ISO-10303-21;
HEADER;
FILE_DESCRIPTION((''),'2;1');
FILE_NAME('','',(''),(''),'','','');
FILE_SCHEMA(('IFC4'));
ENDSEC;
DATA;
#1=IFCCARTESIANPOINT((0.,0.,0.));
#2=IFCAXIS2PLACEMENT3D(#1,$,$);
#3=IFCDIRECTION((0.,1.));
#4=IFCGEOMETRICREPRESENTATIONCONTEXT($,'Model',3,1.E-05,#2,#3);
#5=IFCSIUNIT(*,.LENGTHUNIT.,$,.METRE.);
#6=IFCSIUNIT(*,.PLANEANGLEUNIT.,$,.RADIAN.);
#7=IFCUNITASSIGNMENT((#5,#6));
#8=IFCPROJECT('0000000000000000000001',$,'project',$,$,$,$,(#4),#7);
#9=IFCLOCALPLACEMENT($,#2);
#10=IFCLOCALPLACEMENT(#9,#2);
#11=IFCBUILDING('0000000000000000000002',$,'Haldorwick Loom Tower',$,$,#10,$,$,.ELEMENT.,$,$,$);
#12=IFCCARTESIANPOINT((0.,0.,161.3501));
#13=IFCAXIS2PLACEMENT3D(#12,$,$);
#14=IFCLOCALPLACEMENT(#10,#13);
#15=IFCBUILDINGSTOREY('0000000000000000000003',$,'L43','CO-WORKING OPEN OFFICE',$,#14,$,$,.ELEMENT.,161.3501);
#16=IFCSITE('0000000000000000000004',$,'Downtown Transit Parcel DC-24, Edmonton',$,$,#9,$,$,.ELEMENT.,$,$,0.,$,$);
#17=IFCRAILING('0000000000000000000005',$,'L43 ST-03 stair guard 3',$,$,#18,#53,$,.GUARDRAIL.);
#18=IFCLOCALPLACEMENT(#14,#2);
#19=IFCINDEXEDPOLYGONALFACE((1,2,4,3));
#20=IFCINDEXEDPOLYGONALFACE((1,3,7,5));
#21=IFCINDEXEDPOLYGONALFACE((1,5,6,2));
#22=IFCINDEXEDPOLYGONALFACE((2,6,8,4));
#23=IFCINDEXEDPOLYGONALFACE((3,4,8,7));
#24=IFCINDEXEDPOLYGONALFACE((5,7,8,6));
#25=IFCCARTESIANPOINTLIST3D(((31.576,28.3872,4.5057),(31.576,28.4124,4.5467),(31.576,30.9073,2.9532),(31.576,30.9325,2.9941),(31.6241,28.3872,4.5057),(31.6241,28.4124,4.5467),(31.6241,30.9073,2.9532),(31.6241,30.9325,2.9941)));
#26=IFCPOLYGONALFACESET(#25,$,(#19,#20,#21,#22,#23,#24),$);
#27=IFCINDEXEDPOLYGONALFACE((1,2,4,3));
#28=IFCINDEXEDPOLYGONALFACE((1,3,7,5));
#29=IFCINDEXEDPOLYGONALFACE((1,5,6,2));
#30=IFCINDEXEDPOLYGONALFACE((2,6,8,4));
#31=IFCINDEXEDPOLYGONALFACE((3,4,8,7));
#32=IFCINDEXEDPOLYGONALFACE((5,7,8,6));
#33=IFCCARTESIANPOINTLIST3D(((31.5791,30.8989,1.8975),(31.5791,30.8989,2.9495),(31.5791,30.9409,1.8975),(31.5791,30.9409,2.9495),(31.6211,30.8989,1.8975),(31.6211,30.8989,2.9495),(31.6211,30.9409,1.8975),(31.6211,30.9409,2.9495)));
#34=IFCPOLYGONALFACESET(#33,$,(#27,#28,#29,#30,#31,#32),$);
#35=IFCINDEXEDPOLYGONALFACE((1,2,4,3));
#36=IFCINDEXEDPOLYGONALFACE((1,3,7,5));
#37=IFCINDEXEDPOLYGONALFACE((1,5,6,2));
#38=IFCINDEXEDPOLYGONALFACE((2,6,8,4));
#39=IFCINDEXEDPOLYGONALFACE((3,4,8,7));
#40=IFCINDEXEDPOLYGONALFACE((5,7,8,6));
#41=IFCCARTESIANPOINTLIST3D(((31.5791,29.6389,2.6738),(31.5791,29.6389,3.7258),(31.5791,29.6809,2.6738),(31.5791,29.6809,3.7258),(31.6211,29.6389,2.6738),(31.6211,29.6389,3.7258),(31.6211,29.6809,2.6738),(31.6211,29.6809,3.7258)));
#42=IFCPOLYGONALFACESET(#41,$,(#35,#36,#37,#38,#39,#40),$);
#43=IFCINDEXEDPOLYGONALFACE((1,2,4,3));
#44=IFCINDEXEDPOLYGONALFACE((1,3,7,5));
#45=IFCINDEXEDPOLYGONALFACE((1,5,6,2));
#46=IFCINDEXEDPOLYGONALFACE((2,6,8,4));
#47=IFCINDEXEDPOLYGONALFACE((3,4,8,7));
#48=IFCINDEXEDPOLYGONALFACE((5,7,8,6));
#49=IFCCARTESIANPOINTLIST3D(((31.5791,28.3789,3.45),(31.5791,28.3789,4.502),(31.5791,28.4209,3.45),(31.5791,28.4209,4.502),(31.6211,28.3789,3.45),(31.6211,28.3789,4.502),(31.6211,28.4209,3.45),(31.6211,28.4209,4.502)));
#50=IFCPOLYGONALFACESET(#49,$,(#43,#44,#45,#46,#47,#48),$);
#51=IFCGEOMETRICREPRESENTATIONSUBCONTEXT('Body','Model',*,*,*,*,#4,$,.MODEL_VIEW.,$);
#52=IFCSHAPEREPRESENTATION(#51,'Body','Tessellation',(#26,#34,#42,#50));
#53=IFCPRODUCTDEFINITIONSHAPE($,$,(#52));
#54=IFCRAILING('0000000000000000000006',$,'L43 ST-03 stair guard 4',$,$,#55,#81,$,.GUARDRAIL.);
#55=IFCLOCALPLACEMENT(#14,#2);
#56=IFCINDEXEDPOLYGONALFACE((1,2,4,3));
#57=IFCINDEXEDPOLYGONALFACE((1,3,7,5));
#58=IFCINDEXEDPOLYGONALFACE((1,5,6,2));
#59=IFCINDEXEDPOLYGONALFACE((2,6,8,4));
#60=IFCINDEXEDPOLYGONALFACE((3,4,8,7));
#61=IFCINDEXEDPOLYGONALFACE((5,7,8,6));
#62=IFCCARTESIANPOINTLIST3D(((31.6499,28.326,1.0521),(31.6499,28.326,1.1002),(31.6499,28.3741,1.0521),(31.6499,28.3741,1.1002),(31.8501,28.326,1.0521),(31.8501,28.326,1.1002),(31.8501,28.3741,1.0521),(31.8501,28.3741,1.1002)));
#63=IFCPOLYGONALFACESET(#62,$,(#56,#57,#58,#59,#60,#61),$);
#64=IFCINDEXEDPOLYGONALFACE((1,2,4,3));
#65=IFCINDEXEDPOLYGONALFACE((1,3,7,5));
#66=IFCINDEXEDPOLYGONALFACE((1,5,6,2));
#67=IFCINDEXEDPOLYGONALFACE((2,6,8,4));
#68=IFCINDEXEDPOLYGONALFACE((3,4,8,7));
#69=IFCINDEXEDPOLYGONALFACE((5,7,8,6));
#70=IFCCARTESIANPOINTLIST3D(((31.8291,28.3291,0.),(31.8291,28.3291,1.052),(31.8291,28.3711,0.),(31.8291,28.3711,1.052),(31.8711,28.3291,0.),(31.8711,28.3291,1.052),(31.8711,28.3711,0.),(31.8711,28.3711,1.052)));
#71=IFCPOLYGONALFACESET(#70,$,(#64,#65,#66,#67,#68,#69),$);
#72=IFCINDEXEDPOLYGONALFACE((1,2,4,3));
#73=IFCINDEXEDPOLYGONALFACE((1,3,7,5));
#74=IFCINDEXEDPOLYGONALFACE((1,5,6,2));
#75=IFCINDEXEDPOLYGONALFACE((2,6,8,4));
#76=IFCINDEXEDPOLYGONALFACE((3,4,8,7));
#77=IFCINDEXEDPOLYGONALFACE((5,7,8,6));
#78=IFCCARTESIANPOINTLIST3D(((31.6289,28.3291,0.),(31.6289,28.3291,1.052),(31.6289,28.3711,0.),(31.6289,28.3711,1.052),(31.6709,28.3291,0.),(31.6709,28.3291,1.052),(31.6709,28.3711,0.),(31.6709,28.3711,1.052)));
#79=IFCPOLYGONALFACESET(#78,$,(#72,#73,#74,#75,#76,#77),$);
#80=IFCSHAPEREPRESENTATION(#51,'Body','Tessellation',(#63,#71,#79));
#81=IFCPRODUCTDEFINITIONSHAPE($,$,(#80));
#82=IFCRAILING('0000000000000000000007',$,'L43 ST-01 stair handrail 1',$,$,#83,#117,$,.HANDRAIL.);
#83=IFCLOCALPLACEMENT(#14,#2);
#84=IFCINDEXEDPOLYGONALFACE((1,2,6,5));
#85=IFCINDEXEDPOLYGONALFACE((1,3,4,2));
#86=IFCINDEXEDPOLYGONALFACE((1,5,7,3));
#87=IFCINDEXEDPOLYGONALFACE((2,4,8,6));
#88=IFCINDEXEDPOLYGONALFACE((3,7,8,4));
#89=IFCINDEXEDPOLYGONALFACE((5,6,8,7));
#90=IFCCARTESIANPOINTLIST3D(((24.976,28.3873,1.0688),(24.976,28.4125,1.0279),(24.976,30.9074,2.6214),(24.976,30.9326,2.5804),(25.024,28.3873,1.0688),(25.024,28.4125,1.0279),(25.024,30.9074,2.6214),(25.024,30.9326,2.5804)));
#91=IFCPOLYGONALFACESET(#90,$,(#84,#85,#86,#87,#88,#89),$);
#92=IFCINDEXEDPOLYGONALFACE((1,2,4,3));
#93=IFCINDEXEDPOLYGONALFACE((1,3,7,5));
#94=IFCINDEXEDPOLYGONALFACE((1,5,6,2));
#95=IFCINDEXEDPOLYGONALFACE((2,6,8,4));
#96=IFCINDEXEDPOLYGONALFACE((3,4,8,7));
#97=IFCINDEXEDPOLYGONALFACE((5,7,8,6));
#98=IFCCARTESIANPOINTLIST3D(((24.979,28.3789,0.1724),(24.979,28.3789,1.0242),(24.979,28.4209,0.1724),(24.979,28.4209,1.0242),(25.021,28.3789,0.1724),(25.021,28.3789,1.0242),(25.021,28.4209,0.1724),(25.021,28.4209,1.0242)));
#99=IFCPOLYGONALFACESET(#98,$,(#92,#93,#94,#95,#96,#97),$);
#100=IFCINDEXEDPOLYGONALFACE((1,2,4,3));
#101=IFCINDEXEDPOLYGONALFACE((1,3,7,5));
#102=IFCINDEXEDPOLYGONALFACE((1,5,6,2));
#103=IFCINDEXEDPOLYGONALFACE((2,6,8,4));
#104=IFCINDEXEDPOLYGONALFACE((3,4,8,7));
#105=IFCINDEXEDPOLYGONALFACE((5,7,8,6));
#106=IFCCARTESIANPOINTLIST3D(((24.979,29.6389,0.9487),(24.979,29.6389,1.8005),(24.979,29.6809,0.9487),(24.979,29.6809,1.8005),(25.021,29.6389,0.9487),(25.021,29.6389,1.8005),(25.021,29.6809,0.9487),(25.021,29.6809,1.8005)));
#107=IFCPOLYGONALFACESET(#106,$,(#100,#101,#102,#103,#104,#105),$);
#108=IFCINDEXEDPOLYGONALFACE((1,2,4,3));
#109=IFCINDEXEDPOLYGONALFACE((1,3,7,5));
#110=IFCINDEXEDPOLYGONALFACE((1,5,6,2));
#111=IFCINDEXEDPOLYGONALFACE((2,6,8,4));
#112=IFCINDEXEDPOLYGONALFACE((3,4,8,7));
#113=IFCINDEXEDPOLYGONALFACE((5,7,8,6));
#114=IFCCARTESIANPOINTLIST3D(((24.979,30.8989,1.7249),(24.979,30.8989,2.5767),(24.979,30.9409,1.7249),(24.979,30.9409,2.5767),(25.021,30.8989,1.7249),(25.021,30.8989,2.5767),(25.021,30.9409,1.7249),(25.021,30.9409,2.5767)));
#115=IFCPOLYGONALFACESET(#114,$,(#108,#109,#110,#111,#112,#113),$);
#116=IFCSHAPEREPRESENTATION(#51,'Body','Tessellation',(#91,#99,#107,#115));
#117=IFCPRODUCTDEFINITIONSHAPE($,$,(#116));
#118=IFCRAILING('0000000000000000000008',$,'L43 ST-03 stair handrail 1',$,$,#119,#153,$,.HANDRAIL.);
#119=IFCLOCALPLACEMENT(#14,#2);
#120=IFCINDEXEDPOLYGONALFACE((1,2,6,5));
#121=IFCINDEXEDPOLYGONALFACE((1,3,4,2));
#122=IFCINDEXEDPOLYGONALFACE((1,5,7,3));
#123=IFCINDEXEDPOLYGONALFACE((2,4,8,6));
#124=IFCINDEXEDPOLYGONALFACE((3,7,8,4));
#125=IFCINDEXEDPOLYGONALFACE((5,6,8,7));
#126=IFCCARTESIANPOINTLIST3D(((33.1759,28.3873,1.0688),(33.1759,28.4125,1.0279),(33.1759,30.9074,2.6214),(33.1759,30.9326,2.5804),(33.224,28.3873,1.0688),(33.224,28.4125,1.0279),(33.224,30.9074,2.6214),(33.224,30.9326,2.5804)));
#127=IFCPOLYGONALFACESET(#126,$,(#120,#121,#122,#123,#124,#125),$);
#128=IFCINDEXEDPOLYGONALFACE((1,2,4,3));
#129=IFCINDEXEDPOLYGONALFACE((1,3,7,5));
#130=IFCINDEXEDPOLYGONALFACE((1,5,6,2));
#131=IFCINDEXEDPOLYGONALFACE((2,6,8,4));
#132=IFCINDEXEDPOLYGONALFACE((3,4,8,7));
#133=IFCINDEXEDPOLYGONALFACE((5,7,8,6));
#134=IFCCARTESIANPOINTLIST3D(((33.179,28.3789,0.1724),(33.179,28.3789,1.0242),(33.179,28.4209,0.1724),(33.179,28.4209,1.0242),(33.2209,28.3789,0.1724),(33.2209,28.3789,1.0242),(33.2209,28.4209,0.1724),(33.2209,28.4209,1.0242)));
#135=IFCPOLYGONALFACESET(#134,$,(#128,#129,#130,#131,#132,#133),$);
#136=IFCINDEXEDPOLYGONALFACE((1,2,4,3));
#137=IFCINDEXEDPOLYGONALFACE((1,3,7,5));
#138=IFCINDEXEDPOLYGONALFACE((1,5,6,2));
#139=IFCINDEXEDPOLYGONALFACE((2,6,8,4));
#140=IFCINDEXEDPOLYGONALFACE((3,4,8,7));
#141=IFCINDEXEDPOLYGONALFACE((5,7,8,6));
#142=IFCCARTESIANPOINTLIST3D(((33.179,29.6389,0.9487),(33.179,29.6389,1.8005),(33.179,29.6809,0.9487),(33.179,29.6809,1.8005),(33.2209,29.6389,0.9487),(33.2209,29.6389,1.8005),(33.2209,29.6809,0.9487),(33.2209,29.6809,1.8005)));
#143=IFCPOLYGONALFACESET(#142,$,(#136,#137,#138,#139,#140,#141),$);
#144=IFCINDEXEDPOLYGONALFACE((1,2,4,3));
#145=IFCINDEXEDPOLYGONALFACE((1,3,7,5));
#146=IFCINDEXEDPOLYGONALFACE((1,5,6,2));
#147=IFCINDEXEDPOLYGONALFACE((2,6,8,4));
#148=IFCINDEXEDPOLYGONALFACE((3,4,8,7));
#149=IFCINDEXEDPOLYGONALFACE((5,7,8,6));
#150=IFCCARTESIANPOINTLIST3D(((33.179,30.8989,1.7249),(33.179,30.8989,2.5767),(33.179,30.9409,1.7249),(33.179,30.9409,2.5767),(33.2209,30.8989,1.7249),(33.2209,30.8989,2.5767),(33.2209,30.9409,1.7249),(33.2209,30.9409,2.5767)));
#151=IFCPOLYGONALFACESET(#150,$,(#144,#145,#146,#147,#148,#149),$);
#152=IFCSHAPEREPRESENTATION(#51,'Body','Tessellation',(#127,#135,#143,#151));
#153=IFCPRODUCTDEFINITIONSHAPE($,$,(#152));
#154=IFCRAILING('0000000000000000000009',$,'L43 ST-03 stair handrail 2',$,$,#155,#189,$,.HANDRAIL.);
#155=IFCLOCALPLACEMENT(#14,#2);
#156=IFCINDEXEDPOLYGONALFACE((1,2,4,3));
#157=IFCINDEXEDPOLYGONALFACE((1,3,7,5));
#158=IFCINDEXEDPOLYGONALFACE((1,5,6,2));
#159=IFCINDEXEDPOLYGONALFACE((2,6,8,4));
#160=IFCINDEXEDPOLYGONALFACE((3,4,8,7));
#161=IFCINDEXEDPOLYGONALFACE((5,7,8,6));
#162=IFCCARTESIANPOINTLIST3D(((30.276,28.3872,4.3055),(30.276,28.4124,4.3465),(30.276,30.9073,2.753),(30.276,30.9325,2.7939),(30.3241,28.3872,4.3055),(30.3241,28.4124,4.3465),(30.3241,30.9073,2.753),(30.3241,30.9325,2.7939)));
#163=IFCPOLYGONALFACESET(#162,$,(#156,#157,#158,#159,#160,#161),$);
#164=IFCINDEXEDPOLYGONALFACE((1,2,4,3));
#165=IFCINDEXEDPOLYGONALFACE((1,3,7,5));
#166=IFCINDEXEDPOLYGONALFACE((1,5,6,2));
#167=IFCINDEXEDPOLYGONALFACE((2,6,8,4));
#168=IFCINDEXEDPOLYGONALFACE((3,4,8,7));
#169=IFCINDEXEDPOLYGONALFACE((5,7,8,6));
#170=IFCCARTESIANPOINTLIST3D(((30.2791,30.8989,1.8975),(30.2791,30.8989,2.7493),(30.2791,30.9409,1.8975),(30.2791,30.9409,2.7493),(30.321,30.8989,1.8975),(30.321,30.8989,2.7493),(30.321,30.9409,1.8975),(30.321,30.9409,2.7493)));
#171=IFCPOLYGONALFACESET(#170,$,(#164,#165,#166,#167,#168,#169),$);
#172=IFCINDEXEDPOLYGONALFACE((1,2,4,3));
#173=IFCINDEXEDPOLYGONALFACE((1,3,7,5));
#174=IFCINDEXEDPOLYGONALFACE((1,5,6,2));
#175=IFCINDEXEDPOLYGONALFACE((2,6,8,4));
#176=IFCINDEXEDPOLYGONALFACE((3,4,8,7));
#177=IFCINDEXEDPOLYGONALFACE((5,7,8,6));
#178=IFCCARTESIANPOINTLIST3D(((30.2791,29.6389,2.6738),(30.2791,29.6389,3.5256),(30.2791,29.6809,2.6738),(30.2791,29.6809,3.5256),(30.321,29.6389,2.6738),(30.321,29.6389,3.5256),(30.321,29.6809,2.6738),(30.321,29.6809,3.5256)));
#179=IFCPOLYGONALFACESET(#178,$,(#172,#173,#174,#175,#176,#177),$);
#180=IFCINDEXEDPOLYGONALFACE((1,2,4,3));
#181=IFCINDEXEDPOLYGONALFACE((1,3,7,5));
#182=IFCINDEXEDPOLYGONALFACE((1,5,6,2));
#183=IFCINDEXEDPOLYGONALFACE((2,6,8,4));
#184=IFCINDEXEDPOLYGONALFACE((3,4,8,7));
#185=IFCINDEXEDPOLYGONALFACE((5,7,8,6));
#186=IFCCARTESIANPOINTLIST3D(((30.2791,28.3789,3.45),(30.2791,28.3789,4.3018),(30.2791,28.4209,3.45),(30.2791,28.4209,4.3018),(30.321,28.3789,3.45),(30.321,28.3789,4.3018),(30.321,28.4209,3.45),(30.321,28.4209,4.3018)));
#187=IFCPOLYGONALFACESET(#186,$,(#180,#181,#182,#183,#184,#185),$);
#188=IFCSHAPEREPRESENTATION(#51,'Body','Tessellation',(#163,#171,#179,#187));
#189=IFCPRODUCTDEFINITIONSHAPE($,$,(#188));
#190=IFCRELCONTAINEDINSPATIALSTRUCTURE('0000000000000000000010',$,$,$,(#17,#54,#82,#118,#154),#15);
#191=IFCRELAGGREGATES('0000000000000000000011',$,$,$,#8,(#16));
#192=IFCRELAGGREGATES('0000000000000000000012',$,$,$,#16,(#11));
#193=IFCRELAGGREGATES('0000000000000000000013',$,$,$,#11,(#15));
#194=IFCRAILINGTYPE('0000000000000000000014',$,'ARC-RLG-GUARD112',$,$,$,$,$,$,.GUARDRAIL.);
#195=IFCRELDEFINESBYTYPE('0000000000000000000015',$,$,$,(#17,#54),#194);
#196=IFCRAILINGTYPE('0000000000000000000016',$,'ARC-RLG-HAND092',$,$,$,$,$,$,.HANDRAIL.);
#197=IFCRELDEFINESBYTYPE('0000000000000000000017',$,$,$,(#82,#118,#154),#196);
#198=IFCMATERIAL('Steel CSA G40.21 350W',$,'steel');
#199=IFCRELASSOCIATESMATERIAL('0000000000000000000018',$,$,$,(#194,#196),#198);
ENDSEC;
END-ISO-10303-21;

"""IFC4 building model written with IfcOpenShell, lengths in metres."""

from ifc_helpers import new_model, si_unit, direction, frame, origin, origin_2d, place, context, subcontext, project, spatial, rectangle, extrude, material, type_object, element, save


model = new_model("IFC4")

# Units and contexts
model_context = context("Model", 3, precision=1e-05, world=origin(), true_north=direction((0.0, 1.0)))
body_context = subcontext(model_context, "Body", "Model", "MODEL_VIEW")
ifc_project = project(units=[si_unit("LENGTHUNIT", "METRE"), si_unit("PLANEANGLEUNIT", "RADIAN")], contexts=[model_context])

# Site, building, storey
site_placement = place(None, origin())
site = spatial("IfcSite", under=ifc_project, at=site_placement, Name="Downtown Transit Parcel DC-24, Edmonton", CompositionType="ELEMENT", RefElevation=0.0)
building_placement = place(site_placement, origin())
building = spatial("IfcBuilding", under=site, at=building_placement, Name="Haldorwick Loom Tower", CompositionType="ELEMENT")
storey_placement = place(building_placement, frame((0.0, 0.0, 161.3501)))
storey = spatial("IfcBuildingStorey", under=building, at=storey_placement, Name="L43", Description="CO-WORKING OPEN OFFICE", CompositionType="ELEMENT", Elevation=161.3501)

# Shared definitions
ifc_material_1 = material(Name="Steel CSA G40.21 350W", Category="steel")

# Railings
railing_type_1 = type_object("IfcRailingType", Name="ARC-RLG-GUARD112", PredefinedType="GUARDRAIL", material=ifc_material_1)
railing_1_placement = place(storey_placement, frame((31.6001, 30.9199, 1.8975)))
element("IfcRailing", 1, at=railing_1_placement, inside=storey, type_object=railing_type_1, Name="L43 ST-03 stair guard 3", PredefinedType="GUARDRAIL", context=body_context, shape_type="SweptSolid", body=[
    extrude(rectangle(XDim=0.0481, YDim=0.0481, at=origin_2d()), frame((0.0, 0.0, 1.0762), z_axis=(0.0, -0.8514, 0.524516), x_axis=(1.0, 0.0, 0.0)), (0.0, 0.0, 1.0), 2.96),
    extrude(rectangle(XDim=0.042, YDim=0.042, at=origin_2d()), origin(), (0.0, 0.0, 1.0), 1.052),
    extrude(rectangle(XDim=0.042, YDim=0.042, at=origin_2d()), frame((0.0, -1.26, 0.7764)), (0.0, 0.0, 1.0), 1.052),
    extrude(rectangle(XDim=0.042, YDim=0.042, at=origin_2d()), frame((0.0, -2.52, 1.5525)), (0.0, 0.0, 1.0), 1.052),
])
railing_2_placement = place(storey_placement, frame((31.8501, 28.3501, 0.0)))
element("IfcRailing", 2, at=railing_2_placement, inside=storey, type_object=railing_type_1, Name="L43 ST-03 stair guard 4", PredefinedType="GUARDRAIL", context=body_context, shape_type="SweptSolid", body=[
    extrude(rectangle(XDim=0.0481, YDim=0.0481, at=origin_2d()), frame((0.0, 0.0, 1.0762), z_axis=(-1.0, 0.0, 0.0), x_axis=(0.0, -1.0, 0.0)), (0.0, 0.0, 1.0), 0.2002),
    extrude(rectangle(XDim=0.042, YDim=0.042, at=origin_2d()), origin(), (0.0, 0.0, 1.0), 1.052),
    extrude(rectangle(XDim=0.042, YDim=0.042, at=origin_2d()), frame((-0.2002, 0.0, 0.0)), (0.0, 0.0, 1.0), 1.052),
])
railing_type_2 = type_object("IfcRailingType", Name="ARC-RLG-HAND092", PredefinedType="HANDRAIL", material=ifc_material_1)
for number, where, name in (
    (3, (25.0, 28.3999, 0.1724), "L43 ST-01 stair handrail 1"),
    (4, (33.2, 28.3999, 0.1724), "L43 ST-03 stair handrail 1"),
):
    element("IfcRailing", number, at=place(storey_placement, frame(where)), inside=storey, type_object=railing_type_2, Name=name, PredefinedType="HANDRAIL", context=body_context, shape_type="SweptSolid", body=[
        extrude(rectangle(XDim=0.0481, YDim=0.0481, at=origin_2d()), frame((0.0, 0.0, 0.876), z_axis=(0.0, 0.8514, 0.524516), x_axis=(-1.0, 0.0, 0.0)), (0.0, 0.0, 1.0), 2.96),
        extrude(rectangle(XDim=0.042, YDim=0.042, at=origin_2d()), origin(), (0.0, 0.0, 1.0), 0.8518),
        extrude(rectangle(XDim=0.042, YDim=0.042, at=origin_2d()), frame((0.0, 1.26, 0.7764)), (0.0, 0.0, 1.0), 0.8518),
        extrude(rectangle(XDim=0.042, YDim=0.042, at=origin_2d()), frame((0.0, 2.52, 1.5525)), (0.0, 0.0, 1.0), 0.8518),
    ])
railing_3_placement = place(storey_placement, frame((30.3, 30.9199, 1.8975)))
element("IfcRailing", 5, at=railing_3_placement, inside=storey, type_object=railing_type_2, Name="L43 ST-03 stair handrail 2", PredefinedType="HANDRAIL", context=body_context, shape_type="SweptSolid", body=[
    extrude(rectangle(XDim=0.0481, YDim=0.0481, at=origin_2d()), frame((0.0, 0.0, 0.876), z_axis=(0.0, -0.8514, 0.524516), x_axis=(1.0, 0.0, 0.0)), (0.0, 0.0, 1.0), 2.96),
    extrude(rectangle(XDim=0.042, YDim=0.042, at=origin_2d()), origin(), (0.0, 0.0, 1.0), 0.8518),
    extrude(rectangle(XDim=0.042, YDim=0.042, at=origin_2d()), frame((0.0, -1.26, 0.7764)), (0.0, 0.0, 1.0), 0.8518),
    extrude(rectangle(XDim=0.042, YDim=0.042, at=origin_2d()), frame((0.0, -2.52, 1.5525)), (0.0, 0.0, 1.0), 0.8518),
])

save(model, "model.ifc")
